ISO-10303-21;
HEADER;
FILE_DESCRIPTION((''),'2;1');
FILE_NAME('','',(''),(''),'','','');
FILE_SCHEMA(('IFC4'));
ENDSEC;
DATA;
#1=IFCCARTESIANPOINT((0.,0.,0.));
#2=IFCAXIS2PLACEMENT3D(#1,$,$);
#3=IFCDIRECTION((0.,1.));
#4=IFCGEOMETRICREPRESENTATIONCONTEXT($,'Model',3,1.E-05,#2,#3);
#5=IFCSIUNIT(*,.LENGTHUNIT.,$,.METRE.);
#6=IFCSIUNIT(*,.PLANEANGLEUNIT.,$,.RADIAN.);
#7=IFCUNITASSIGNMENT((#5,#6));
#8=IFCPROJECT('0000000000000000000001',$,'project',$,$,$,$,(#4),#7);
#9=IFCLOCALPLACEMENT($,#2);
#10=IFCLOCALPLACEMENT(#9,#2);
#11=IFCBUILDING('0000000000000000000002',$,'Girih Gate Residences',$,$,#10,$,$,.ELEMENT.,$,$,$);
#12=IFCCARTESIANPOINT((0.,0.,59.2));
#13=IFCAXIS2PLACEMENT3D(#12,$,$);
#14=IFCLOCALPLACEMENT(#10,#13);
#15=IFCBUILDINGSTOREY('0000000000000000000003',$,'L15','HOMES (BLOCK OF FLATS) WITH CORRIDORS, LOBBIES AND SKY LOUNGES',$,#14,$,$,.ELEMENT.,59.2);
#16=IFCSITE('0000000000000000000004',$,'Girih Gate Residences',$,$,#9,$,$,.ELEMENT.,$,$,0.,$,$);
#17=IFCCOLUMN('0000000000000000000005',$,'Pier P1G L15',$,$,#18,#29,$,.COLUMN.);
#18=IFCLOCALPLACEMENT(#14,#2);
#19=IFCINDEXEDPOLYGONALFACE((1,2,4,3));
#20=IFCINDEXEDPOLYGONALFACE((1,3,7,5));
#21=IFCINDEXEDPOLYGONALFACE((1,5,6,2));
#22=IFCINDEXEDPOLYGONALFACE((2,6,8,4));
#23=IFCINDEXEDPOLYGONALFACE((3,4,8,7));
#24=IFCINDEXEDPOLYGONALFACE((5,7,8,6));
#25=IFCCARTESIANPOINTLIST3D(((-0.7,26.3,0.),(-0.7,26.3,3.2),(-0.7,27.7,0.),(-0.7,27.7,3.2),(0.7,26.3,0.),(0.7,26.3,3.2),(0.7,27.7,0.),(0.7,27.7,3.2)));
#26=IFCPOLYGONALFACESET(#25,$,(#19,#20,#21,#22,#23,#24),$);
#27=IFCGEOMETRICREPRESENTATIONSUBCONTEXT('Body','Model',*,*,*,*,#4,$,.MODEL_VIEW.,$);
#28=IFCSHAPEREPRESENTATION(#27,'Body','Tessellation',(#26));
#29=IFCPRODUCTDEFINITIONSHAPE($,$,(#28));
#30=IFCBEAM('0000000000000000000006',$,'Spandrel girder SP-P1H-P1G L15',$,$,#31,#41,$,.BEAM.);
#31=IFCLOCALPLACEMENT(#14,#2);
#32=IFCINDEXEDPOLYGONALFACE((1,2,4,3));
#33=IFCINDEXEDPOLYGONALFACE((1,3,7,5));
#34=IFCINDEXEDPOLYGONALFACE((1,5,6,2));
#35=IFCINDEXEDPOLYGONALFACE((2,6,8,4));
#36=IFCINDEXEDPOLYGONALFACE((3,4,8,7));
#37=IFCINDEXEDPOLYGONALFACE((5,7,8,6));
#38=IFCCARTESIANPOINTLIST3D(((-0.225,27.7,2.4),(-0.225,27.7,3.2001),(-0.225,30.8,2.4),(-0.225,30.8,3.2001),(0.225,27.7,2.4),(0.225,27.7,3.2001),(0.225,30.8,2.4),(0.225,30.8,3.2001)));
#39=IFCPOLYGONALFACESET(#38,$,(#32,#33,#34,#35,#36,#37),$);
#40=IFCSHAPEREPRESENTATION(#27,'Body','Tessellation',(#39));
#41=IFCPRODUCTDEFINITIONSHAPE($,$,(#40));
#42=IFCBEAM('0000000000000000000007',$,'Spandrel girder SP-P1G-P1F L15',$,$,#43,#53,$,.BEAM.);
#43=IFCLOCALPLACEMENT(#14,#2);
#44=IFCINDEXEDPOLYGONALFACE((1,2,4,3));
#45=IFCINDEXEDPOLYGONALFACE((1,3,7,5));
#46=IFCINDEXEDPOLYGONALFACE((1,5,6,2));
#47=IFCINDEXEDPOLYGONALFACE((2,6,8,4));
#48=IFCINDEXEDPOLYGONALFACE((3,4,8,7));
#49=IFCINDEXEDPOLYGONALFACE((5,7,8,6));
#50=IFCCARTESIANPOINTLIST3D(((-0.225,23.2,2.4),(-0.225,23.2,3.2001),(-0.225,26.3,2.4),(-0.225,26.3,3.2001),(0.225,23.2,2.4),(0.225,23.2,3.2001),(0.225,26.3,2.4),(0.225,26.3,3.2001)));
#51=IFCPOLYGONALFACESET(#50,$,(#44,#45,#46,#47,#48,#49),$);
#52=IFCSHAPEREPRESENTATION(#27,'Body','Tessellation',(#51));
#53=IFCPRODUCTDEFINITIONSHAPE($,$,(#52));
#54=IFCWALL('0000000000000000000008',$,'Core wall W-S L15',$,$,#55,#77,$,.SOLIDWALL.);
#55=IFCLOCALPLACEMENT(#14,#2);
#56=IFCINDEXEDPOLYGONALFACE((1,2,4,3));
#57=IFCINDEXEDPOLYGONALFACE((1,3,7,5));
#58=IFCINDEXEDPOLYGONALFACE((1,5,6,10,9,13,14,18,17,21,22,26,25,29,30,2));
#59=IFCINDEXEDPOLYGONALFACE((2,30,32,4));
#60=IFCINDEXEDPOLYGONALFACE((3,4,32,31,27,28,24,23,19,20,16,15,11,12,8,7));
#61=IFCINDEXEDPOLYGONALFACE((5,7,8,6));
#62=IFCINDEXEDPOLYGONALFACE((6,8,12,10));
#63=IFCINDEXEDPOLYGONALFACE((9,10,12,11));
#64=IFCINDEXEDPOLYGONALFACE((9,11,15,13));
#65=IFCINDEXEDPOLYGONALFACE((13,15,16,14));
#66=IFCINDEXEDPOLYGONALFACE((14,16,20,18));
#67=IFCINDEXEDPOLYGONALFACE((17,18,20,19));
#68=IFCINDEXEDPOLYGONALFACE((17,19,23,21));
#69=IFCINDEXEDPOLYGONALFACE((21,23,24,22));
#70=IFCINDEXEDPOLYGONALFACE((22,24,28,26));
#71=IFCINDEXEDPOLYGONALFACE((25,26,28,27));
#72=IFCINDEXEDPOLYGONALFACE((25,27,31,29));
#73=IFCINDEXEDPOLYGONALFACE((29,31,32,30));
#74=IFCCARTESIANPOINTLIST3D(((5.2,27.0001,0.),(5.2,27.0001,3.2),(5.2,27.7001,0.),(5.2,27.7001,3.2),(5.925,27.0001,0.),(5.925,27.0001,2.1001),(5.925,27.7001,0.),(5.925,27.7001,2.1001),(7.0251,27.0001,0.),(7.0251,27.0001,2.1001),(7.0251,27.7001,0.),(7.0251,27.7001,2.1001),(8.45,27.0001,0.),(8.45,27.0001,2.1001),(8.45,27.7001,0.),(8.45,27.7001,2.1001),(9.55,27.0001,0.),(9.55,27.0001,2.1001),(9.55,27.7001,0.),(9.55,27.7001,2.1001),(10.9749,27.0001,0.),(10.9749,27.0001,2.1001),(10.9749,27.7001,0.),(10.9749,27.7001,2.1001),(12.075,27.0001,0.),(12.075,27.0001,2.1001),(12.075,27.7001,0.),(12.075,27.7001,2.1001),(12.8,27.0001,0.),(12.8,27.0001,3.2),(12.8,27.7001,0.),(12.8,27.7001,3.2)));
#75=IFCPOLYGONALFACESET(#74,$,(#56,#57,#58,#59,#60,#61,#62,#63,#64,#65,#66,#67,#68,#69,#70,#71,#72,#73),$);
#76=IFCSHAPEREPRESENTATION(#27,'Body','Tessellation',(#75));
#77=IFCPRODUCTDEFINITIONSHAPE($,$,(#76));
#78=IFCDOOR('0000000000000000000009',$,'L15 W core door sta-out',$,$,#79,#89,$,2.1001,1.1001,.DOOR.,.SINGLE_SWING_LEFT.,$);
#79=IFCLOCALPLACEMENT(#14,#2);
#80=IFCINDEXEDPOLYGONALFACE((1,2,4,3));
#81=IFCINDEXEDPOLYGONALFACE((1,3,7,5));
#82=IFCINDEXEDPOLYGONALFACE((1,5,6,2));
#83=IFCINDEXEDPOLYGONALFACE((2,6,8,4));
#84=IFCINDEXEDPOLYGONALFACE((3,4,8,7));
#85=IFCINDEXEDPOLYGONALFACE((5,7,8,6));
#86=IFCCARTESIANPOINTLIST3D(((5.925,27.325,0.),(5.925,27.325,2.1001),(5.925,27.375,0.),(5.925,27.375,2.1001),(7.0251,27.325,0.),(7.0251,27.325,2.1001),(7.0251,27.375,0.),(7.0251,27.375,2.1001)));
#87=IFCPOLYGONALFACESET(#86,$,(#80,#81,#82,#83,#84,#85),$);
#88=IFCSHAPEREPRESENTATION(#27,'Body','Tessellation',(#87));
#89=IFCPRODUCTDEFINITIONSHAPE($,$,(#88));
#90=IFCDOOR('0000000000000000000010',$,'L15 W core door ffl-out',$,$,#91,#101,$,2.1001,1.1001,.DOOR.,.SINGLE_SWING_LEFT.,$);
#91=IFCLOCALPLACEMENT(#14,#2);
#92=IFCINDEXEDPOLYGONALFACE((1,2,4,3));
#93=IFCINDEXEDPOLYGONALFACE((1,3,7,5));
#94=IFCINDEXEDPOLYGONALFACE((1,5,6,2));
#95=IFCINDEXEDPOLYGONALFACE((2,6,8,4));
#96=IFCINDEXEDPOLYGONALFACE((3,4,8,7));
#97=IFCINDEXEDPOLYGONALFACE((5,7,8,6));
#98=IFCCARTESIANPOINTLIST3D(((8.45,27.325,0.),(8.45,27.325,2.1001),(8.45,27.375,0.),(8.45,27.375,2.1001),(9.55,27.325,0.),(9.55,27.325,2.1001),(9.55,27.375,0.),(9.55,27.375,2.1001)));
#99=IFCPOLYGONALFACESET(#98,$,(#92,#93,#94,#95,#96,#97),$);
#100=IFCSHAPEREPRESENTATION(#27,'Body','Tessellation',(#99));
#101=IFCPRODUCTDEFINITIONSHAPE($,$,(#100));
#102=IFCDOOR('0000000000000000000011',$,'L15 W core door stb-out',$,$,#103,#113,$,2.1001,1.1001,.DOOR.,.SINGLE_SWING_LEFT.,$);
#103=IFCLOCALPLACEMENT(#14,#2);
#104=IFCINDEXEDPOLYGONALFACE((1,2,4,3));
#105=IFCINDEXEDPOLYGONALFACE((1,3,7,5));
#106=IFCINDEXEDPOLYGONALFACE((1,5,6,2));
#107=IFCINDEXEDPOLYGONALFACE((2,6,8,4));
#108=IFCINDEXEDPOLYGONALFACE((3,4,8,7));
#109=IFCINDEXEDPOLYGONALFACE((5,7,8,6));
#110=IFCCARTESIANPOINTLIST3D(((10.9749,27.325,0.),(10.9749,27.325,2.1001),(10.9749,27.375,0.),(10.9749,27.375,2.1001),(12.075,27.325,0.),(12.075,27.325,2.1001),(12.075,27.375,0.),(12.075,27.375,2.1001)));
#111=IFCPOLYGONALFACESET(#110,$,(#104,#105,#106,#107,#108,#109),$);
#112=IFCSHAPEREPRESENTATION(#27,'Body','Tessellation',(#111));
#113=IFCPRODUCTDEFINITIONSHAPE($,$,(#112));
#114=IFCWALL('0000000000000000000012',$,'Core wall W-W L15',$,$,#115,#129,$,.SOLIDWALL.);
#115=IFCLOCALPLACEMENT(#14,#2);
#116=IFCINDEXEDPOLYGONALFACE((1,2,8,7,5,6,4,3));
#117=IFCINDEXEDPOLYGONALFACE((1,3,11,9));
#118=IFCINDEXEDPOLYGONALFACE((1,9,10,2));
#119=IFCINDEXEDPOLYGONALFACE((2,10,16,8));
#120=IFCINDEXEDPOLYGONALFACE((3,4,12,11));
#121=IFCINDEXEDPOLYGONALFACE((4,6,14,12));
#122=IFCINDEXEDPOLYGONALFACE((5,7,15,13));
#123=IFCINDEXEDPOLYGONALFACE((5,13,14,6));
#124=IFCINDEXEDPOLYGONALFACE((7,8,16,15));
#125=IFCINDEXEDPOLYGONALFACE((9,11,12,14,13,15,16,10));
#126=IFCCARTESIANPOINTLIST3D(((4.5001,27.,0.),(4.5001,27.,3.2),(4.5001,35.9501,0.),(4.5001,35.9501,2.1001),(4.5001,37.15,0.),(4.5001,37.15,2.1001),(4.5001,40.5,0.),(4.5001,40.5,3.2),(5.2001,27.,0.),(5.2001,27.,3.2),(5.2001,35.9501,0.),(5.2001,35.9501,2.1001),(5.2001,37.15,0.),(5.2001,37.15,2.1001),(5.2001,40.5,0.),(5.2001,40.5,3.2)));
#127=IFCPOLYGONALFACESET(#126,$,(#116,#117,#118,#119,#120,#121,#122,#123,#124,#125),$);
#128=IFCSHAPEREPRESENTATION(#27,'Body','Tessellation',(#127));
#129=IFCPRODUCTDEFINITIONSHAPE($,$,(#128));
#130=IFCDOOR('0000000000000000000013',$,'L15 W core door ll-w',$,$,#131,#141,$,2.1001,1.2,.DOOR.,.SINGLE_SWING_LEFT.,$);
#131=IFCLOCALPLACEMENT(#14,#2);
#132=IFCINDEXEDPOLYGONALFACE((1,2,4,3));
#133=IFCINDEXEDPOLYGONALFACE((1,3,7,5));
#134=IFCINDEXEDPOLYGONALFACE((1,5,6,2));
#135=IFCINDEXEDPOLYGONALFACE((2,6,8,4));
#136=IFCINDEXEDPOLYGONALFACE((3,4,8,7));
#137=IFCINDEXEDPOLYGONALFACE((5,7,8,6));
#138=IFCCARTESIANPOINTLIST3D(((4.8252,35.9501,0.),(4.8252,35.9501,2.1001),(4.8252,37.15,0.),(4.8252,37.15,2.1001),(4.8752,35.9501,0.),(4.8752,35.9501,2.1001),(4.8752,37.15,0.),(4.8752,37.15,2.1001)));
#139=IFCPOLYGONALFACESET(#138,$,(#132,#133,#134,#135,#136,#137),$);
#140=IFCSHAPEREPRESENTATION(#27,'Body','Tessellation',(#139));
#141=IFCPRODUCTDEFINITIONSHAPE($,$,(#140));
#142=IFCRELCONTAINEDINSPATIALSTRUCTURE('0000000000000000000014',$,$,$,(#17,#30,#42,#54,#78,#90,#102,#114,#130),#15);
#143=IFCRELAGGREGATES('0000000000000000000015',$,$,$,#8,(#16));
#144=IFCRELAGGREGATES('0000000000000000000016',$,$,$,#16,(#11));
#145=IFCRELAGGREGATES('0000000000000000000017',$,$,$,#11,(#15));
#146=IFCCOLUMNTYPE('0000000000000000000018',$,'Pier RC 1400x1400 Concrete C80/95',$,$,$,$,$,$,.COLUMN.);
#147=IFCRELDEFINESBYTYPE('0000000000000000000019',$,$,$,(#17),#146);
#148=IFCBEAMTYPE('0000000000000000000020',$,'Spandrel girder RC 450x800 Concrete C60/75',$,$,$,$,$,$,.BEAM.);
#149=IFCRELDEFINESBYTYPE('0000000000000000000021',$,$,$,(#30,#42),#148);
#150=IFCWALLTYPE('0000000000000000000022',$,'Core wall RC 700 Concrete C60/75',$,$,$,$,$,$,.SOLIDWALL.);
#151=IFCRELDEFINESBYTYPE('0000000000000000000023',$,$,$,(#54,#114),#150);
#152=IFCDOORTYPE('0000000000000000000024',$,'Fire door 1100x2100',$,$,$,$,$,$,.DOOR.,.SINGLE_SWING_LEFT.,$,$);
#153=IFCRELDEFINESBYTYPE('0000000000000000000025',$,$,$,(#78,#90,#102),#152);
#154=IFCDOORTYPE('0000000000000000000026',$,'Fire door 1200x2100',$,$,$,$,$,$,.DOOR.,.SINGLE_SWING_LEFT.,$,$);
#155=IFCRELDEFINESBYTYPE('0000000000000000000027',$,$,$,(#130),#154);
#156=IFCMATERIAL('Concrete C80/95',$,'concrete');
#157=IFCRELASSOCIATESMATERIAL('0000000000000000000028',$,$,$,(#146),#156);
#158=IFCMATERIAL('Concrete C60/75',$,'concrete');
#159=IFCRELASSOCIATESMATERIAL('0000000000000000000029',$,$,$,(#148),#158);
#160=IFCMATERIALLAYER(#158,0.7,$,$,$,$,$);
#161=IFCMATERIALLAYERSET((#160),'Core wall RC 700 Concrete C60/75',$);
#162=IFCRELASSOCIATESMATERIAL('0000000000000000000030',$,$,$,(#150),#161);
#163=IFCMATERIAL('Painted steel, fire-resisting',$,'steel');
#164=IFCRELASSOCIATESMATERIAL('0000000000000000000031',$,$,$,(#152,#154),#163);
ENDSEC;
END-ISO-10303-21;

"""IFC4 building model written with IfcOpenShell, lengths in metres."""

from ifc_helpers import new_model, si_unit, direction, frame, frame_2d, origin, origin_2d, place, context, subcontext, project, spatial, rectangle, extrude, material, layer, layer_set, material_profile, profile_set, type_object, element, fill, save


model = new_model("IFC4")

# Units and contexts
model_context = context("Model", 3, precision=1e-05, world=origin(), true_north=direction((0.0, 1.0)))
body_context = subcontext(model_context, "Body", "Model", "MODEL_VIEW")
ifc_project = project(units=[si_unit("LENGTHUNIT", "METRE"), si_unit("PLANEANGLEUNIT", "RADIAN")], contexts=[model_context])

# Site, building, storey
site_placement = place(None, origin())
site = spatial("IfcSite", under=ifc_project, at=site_placement, Name="Girih Gate Residences", CompositionType="ELEMENT", RefElevation=0.0)
building_placement = place(site_placement, origin())
building = spatial("IfcBuilding", under=site, at=building_placement, Name="Girih Gate Residences", CompositionType="ELEMENT")
storey_placement = place(building_placement, frame((0.0, 0.0, 59.2)))
storey = spatial("IfcBuildingStorey", under=building, at=storey_placement, Name="L15", Description="HOMES (BLOCK OF FLATS) WITH CORRIDORS, LOBBIES AND SKY LOUNGES", CompositionType="ELEMENT", Elevation=59.2)

# Column
ifc_material_1 = material(Name="Concrete C80/95", Category="concrete")
ifc_material_profile_1 = material_profile(ifc_material_1, rectangle(XDim=1.3999, YDim=1.3999, at=origin_2d()))
ifc_profile_set_1 = profile_set([ifc_material_profile_1], Name="Concrete C80/95")
column_type = type_object("IfcColumnType", Name="Pier RC 1400x1400 Concrete C80/95", PredefinedType="COLUMN", material=ifc_profile_set_1)
column_placement = place(storey_placement, frame((0.0, 27.0, 0.0), z_axis=(0.0, 0.0, 1.0), x_axis=(1.0, 0.0, 0.0)))
element("IfcColumn", 1, at=column_placement, inside=storey, type_object=column_type, Name="Pier P1G L15", PredefinedType="COLUMN", context=body_context, shape_type="SweptSolid", body=[
    extrude(rectangle(XDim=1.3999, YDim=1.3999, at=origin_2d()), origin(), (0.0, 0.0, 1.0), 3.2),
])

# Beams
ifc_material_2 = material(Name="Concrete C60/75", Category="concrete")
ifc_material_profile_2 = material_profile(ifc_material_2, rectangle(XDim=0.45, YDim=0.8, at=origin_2d()))
ifc_profile_set_2 = profile_set([ifc_material_profile_2], Name="Concrete C60/75")
beam_type = type_object("IfcBeamType", Name="Spandrel girder RC 450x800 Concrete C60/75", PredefinedType="BEAM", material=ifc_profile_set_2)
for number, where, z_axis, x_axis, name in (
    (2, (0.0, 30.8, 2.8), (0.0, -1.0, 0.0), (1.0, 0.0, 0.0), "Spandrel girder SP-P1H-P1G L15"),
    (3, (0.0, 26.3, 2.8), (0.0, -1.0, 0.0), (1.0, 0.0, 0.0), "Spandrel girder SP-P1G-P1F L15"),
):
    element("IfcBeam", number, at=place(storey_placement, frame(where, z_axis=z_axis, x_axis=x_axis)), inside=storey, type_object=beam_type, Name=name, PredefinedType="BEAM", context=body_context, shape_type="SweptSolid", body=[
        extrude(rectangle(XDim=0.45, YDim=0.8, at=origin_2d()), origin(), (0.0, 0.0, 1.0), 3.1001),
    ])

# Wall, openings, doors
ifc_layer_1 = layer(ifc_material_2, 0.7)
ifc_layer_set_1 = layer_set([ifc_layer_1], Name="Core wall RC 700 Concrete C60/75")
wall_type_1 = type_object("IfcWallType", Name="Core wall RC 700 Concrete C60/75", PredefinedType="SOLIDWALL", material=ifc_layer_set_1)
wall_1_placement = place(storey_placement, frame((5.2, 27.3501, 0.0), z_axis=(0.0, 0.0, 1.0), x_axis=(1.0, 0.0, 0.0)))
wall_1 = element("IfcWall", 4, at=wall_1_placement, inside=storey, type_object=wall_type_1, Name="Core wall W-S L15", PredefinedType="SOLIDWALL", context=body_context, shape_type="SweptSolid", body=[
    extrude(rectangle(XDim=7.6001, YDim=0.7, at=frame_2d((3.8, 0.0))), origin(), (0.0, 0.0, 1.0), 3.2),
])
opening_1_placement = place(wall_1_placement, frame((0.7251, 0.0, 0.0)))
opening_1 = element("IfcOpeningElement", 5, at=opening_1_placement, cuts=wall_1, PredefinedType="OPENING", context=body_context, shape_type="SweptSolid", body=[
    extrude(rectangle(XDim=1.1001, YDim=2.1001, at=frame_2d((0.55, 1.05))), frame((0.0, 0.3599, 0.0), z_axis=(0.0, -1.0, 0.0), x_axis=(1.0, 0.0, 0.0)), (0.0, 0.0, 1.0), 0.72),
])
opening_2_placement = place(wall_1_placement, frame((3.25, 0.0, 0.0)))
opening_2 = element("IfcOpeningElement", 6, at=opening_2_placement, cuts=wall_1, PredefinedType="OPENING", context=body_context, shape_type="SweptSolid", body=[
    extrude(rectangle(XDim=1.1001, YDim=2.1001, at=frame_2d((0.55, 1.05))), frame((0.0, 0.3599, 0.0), z_axis=(0.0, -1.0, 0.0), x_axis=(1.0, 0.0, 0.0)), (0.0, 0.0, 1.0), 0.72),
])
opening_3_placement = place(wall_1_placement, frame((5.7749, 0.0, 0.0)))
opening_3 = element("IfcOpeningElement", 7, at=opening_3_placement, cuts=wall_1, PredefinedType="OPENING", context=body_context, shape_type="SweptSolid", body=[
    extrude(rectangle(XDim=1.1001, YDim=2.1001, at=frame_2d((0.55, 1.05))), frame((0.0, 0.3599, 0.0), z_axis=(0.0, -1.0, 0.0), x_axis=(1.0, 0.0, 0.0)), (0.0, 0.0, 1.0), 0.72),
])
ifc_material_3 = material(Name="Painted steel, fire-resisting", Category="steel")
door_type_1 = type_object("IfcDoorType", Name="Fire door 1100x2100", OperationType="SINGLE_SWING_LEFT", PredefinedType="DOOR", material=ifc_material_3)
door_1_placement = place(opening_1_placement, origin())
door_1 = element("IfcDoor", 8, at=door_1_placement, inside=storey, type_object=door_type_1, Name="L15 W core door sta-out", OperationType="SINGLE_SWING_LEFT", OverallHeight=2.1001, OverallWidth=1.1001, PredefinedType="DOOR", context=body_context, shape_type="SweptSolid", body=[
    extrude(rectangle(XDim=1.1001, YDim=2.1001, at=frame_2d((0.55, 1.05))), frame((0.0, 0.0249, 0.0), z_axis=(0.0, -1.0, 0.0), x_axis=(1.0, 0.0, 0.0)), (0.0, 0.0, 1.0), 0.05),
])
fill(opening_1, door_1)
door_2_placement = place(opening_2_placement, origin())
door_2 = element("IfcDoor", 9, at=door_2_placement, inside=storey, type_object=door_type_1, Name="L15 W core door ffl-out", OperationType="SINGLE_SWING_LEFT", OverallHeight=2.1001, OverallWidth=1.1001, PredefinedType="DOOR", context=body_context, shape_type="SweptSolid", body=[
    extrude(rectangle(XDim=1.1001, YDim=2.1001, at=frame_2d((0.55, 1.05))), frame((0.0, 0.0249, 0.0), z_axis=(0.0, -1.0, 0.0), x_axis=(1.0, 0.0, 0.0)), (0.0, 0.0, 1.0), 0.05),
])
fill(opening_2, door_2)
door_3_placement = place(opening_3_placement, origin())
door_3 = element("IfcDoor", 10, at=door_3_placement, inside=storey, type_object=door_type_1, Name="L15 W core door stb-out", OperationType="SINGLE_SWING_LEFT", OverallHeight=2.1001, OverallWidth=1.1001, PredefinedType="DOOR", context=body_context, shape_type="SweptSolid", body=[
    extrude(rectangle(XDim=1.1001, YDim=2.1001, at=frame_2d((0.55, 1.05))), frame((0.0, 0.0249, 0.0), z_axis=(0.0, -1.0, 0.0), x_axis=(1.0, 0.0, 0.0)), (0.0, 0.0, 1.0), 0.05),
])
fill(opening_3, door_3)

# Wall, opening, door
wall_2_placement = place(storey_placement, frame((4.8501, 27.0, 0.0), z_axis=(0.0, 0.0, 1.0), x_axis=(0.0, 1.0, 0.0)))
wall_2 = element("IfcWall", 11, at=wall_2_placement, inside=storey, type_object=wall_type_1, Name="Core wall W-W L15", PredefinedType="SOLIDWALL", context=body_context, shape_type="SweptSolid", body=[
    extrude(rectangle(XDim=13.5, YDim=0.7, at=frame_2d((6.75, 0.0))), origin(), (0.0, 0.0, 1.0), 3.2),
])
opening_4_placement = place(wall_2_placement, frame((8.95, 0.0, 0.0)))
opening_4 = element("IfcOpeningElement", 12, at=opening_4_placement, cuts=wall_2, PredefinedType="OPENING", context=body_context, shape_type="SweptSolid", body=[
    extrude(rectangle(XDim=1.2, YDim=2.1001, at=frame_2d((0.6001, 1.05))), frame((0.0, 0.3599, 0.0), z_axis=(0.0, -1.0, 0.0), x_axis=(1.0, 0.0, 0.0)), (0.0, 0.0, 1.0), 0.72),
])
door_type_2 = type_object("IfcDoorType", Name="Fire door 1200x2100", OperationType="SINGLE_SWING_LEFT", PredefinedType="DOOR", material=ifc_material_3)
door_4_placement = place(opening_4_placement, origin())
door_4 = element("IfcDoor", 13, at=door_4_placement, inside=storey, type_object=door_type_2, Name="L15 W core door ll-w", OperationType="SINGLE_SWING_LEFT", OverallHeight=2.1001, OverallWidth=1.2, PredefinedType="DOOR", context=body_context, shape_type="SweptSolid", body=[
    extrude(rectangle(XDim=1.2, YDim=2.1001, at=frame_2d((0.6001, 1.05))), frame((0.0, 0.0249, 0.0), z_axis=(0.0, -1.0, 0.0), x_axis=(1.0, 0.0, 0.0)), (0.0, 0.0, 1.0), 0.05),
])
fill(opening_4, door_4)

save(model, "model.ifc")
